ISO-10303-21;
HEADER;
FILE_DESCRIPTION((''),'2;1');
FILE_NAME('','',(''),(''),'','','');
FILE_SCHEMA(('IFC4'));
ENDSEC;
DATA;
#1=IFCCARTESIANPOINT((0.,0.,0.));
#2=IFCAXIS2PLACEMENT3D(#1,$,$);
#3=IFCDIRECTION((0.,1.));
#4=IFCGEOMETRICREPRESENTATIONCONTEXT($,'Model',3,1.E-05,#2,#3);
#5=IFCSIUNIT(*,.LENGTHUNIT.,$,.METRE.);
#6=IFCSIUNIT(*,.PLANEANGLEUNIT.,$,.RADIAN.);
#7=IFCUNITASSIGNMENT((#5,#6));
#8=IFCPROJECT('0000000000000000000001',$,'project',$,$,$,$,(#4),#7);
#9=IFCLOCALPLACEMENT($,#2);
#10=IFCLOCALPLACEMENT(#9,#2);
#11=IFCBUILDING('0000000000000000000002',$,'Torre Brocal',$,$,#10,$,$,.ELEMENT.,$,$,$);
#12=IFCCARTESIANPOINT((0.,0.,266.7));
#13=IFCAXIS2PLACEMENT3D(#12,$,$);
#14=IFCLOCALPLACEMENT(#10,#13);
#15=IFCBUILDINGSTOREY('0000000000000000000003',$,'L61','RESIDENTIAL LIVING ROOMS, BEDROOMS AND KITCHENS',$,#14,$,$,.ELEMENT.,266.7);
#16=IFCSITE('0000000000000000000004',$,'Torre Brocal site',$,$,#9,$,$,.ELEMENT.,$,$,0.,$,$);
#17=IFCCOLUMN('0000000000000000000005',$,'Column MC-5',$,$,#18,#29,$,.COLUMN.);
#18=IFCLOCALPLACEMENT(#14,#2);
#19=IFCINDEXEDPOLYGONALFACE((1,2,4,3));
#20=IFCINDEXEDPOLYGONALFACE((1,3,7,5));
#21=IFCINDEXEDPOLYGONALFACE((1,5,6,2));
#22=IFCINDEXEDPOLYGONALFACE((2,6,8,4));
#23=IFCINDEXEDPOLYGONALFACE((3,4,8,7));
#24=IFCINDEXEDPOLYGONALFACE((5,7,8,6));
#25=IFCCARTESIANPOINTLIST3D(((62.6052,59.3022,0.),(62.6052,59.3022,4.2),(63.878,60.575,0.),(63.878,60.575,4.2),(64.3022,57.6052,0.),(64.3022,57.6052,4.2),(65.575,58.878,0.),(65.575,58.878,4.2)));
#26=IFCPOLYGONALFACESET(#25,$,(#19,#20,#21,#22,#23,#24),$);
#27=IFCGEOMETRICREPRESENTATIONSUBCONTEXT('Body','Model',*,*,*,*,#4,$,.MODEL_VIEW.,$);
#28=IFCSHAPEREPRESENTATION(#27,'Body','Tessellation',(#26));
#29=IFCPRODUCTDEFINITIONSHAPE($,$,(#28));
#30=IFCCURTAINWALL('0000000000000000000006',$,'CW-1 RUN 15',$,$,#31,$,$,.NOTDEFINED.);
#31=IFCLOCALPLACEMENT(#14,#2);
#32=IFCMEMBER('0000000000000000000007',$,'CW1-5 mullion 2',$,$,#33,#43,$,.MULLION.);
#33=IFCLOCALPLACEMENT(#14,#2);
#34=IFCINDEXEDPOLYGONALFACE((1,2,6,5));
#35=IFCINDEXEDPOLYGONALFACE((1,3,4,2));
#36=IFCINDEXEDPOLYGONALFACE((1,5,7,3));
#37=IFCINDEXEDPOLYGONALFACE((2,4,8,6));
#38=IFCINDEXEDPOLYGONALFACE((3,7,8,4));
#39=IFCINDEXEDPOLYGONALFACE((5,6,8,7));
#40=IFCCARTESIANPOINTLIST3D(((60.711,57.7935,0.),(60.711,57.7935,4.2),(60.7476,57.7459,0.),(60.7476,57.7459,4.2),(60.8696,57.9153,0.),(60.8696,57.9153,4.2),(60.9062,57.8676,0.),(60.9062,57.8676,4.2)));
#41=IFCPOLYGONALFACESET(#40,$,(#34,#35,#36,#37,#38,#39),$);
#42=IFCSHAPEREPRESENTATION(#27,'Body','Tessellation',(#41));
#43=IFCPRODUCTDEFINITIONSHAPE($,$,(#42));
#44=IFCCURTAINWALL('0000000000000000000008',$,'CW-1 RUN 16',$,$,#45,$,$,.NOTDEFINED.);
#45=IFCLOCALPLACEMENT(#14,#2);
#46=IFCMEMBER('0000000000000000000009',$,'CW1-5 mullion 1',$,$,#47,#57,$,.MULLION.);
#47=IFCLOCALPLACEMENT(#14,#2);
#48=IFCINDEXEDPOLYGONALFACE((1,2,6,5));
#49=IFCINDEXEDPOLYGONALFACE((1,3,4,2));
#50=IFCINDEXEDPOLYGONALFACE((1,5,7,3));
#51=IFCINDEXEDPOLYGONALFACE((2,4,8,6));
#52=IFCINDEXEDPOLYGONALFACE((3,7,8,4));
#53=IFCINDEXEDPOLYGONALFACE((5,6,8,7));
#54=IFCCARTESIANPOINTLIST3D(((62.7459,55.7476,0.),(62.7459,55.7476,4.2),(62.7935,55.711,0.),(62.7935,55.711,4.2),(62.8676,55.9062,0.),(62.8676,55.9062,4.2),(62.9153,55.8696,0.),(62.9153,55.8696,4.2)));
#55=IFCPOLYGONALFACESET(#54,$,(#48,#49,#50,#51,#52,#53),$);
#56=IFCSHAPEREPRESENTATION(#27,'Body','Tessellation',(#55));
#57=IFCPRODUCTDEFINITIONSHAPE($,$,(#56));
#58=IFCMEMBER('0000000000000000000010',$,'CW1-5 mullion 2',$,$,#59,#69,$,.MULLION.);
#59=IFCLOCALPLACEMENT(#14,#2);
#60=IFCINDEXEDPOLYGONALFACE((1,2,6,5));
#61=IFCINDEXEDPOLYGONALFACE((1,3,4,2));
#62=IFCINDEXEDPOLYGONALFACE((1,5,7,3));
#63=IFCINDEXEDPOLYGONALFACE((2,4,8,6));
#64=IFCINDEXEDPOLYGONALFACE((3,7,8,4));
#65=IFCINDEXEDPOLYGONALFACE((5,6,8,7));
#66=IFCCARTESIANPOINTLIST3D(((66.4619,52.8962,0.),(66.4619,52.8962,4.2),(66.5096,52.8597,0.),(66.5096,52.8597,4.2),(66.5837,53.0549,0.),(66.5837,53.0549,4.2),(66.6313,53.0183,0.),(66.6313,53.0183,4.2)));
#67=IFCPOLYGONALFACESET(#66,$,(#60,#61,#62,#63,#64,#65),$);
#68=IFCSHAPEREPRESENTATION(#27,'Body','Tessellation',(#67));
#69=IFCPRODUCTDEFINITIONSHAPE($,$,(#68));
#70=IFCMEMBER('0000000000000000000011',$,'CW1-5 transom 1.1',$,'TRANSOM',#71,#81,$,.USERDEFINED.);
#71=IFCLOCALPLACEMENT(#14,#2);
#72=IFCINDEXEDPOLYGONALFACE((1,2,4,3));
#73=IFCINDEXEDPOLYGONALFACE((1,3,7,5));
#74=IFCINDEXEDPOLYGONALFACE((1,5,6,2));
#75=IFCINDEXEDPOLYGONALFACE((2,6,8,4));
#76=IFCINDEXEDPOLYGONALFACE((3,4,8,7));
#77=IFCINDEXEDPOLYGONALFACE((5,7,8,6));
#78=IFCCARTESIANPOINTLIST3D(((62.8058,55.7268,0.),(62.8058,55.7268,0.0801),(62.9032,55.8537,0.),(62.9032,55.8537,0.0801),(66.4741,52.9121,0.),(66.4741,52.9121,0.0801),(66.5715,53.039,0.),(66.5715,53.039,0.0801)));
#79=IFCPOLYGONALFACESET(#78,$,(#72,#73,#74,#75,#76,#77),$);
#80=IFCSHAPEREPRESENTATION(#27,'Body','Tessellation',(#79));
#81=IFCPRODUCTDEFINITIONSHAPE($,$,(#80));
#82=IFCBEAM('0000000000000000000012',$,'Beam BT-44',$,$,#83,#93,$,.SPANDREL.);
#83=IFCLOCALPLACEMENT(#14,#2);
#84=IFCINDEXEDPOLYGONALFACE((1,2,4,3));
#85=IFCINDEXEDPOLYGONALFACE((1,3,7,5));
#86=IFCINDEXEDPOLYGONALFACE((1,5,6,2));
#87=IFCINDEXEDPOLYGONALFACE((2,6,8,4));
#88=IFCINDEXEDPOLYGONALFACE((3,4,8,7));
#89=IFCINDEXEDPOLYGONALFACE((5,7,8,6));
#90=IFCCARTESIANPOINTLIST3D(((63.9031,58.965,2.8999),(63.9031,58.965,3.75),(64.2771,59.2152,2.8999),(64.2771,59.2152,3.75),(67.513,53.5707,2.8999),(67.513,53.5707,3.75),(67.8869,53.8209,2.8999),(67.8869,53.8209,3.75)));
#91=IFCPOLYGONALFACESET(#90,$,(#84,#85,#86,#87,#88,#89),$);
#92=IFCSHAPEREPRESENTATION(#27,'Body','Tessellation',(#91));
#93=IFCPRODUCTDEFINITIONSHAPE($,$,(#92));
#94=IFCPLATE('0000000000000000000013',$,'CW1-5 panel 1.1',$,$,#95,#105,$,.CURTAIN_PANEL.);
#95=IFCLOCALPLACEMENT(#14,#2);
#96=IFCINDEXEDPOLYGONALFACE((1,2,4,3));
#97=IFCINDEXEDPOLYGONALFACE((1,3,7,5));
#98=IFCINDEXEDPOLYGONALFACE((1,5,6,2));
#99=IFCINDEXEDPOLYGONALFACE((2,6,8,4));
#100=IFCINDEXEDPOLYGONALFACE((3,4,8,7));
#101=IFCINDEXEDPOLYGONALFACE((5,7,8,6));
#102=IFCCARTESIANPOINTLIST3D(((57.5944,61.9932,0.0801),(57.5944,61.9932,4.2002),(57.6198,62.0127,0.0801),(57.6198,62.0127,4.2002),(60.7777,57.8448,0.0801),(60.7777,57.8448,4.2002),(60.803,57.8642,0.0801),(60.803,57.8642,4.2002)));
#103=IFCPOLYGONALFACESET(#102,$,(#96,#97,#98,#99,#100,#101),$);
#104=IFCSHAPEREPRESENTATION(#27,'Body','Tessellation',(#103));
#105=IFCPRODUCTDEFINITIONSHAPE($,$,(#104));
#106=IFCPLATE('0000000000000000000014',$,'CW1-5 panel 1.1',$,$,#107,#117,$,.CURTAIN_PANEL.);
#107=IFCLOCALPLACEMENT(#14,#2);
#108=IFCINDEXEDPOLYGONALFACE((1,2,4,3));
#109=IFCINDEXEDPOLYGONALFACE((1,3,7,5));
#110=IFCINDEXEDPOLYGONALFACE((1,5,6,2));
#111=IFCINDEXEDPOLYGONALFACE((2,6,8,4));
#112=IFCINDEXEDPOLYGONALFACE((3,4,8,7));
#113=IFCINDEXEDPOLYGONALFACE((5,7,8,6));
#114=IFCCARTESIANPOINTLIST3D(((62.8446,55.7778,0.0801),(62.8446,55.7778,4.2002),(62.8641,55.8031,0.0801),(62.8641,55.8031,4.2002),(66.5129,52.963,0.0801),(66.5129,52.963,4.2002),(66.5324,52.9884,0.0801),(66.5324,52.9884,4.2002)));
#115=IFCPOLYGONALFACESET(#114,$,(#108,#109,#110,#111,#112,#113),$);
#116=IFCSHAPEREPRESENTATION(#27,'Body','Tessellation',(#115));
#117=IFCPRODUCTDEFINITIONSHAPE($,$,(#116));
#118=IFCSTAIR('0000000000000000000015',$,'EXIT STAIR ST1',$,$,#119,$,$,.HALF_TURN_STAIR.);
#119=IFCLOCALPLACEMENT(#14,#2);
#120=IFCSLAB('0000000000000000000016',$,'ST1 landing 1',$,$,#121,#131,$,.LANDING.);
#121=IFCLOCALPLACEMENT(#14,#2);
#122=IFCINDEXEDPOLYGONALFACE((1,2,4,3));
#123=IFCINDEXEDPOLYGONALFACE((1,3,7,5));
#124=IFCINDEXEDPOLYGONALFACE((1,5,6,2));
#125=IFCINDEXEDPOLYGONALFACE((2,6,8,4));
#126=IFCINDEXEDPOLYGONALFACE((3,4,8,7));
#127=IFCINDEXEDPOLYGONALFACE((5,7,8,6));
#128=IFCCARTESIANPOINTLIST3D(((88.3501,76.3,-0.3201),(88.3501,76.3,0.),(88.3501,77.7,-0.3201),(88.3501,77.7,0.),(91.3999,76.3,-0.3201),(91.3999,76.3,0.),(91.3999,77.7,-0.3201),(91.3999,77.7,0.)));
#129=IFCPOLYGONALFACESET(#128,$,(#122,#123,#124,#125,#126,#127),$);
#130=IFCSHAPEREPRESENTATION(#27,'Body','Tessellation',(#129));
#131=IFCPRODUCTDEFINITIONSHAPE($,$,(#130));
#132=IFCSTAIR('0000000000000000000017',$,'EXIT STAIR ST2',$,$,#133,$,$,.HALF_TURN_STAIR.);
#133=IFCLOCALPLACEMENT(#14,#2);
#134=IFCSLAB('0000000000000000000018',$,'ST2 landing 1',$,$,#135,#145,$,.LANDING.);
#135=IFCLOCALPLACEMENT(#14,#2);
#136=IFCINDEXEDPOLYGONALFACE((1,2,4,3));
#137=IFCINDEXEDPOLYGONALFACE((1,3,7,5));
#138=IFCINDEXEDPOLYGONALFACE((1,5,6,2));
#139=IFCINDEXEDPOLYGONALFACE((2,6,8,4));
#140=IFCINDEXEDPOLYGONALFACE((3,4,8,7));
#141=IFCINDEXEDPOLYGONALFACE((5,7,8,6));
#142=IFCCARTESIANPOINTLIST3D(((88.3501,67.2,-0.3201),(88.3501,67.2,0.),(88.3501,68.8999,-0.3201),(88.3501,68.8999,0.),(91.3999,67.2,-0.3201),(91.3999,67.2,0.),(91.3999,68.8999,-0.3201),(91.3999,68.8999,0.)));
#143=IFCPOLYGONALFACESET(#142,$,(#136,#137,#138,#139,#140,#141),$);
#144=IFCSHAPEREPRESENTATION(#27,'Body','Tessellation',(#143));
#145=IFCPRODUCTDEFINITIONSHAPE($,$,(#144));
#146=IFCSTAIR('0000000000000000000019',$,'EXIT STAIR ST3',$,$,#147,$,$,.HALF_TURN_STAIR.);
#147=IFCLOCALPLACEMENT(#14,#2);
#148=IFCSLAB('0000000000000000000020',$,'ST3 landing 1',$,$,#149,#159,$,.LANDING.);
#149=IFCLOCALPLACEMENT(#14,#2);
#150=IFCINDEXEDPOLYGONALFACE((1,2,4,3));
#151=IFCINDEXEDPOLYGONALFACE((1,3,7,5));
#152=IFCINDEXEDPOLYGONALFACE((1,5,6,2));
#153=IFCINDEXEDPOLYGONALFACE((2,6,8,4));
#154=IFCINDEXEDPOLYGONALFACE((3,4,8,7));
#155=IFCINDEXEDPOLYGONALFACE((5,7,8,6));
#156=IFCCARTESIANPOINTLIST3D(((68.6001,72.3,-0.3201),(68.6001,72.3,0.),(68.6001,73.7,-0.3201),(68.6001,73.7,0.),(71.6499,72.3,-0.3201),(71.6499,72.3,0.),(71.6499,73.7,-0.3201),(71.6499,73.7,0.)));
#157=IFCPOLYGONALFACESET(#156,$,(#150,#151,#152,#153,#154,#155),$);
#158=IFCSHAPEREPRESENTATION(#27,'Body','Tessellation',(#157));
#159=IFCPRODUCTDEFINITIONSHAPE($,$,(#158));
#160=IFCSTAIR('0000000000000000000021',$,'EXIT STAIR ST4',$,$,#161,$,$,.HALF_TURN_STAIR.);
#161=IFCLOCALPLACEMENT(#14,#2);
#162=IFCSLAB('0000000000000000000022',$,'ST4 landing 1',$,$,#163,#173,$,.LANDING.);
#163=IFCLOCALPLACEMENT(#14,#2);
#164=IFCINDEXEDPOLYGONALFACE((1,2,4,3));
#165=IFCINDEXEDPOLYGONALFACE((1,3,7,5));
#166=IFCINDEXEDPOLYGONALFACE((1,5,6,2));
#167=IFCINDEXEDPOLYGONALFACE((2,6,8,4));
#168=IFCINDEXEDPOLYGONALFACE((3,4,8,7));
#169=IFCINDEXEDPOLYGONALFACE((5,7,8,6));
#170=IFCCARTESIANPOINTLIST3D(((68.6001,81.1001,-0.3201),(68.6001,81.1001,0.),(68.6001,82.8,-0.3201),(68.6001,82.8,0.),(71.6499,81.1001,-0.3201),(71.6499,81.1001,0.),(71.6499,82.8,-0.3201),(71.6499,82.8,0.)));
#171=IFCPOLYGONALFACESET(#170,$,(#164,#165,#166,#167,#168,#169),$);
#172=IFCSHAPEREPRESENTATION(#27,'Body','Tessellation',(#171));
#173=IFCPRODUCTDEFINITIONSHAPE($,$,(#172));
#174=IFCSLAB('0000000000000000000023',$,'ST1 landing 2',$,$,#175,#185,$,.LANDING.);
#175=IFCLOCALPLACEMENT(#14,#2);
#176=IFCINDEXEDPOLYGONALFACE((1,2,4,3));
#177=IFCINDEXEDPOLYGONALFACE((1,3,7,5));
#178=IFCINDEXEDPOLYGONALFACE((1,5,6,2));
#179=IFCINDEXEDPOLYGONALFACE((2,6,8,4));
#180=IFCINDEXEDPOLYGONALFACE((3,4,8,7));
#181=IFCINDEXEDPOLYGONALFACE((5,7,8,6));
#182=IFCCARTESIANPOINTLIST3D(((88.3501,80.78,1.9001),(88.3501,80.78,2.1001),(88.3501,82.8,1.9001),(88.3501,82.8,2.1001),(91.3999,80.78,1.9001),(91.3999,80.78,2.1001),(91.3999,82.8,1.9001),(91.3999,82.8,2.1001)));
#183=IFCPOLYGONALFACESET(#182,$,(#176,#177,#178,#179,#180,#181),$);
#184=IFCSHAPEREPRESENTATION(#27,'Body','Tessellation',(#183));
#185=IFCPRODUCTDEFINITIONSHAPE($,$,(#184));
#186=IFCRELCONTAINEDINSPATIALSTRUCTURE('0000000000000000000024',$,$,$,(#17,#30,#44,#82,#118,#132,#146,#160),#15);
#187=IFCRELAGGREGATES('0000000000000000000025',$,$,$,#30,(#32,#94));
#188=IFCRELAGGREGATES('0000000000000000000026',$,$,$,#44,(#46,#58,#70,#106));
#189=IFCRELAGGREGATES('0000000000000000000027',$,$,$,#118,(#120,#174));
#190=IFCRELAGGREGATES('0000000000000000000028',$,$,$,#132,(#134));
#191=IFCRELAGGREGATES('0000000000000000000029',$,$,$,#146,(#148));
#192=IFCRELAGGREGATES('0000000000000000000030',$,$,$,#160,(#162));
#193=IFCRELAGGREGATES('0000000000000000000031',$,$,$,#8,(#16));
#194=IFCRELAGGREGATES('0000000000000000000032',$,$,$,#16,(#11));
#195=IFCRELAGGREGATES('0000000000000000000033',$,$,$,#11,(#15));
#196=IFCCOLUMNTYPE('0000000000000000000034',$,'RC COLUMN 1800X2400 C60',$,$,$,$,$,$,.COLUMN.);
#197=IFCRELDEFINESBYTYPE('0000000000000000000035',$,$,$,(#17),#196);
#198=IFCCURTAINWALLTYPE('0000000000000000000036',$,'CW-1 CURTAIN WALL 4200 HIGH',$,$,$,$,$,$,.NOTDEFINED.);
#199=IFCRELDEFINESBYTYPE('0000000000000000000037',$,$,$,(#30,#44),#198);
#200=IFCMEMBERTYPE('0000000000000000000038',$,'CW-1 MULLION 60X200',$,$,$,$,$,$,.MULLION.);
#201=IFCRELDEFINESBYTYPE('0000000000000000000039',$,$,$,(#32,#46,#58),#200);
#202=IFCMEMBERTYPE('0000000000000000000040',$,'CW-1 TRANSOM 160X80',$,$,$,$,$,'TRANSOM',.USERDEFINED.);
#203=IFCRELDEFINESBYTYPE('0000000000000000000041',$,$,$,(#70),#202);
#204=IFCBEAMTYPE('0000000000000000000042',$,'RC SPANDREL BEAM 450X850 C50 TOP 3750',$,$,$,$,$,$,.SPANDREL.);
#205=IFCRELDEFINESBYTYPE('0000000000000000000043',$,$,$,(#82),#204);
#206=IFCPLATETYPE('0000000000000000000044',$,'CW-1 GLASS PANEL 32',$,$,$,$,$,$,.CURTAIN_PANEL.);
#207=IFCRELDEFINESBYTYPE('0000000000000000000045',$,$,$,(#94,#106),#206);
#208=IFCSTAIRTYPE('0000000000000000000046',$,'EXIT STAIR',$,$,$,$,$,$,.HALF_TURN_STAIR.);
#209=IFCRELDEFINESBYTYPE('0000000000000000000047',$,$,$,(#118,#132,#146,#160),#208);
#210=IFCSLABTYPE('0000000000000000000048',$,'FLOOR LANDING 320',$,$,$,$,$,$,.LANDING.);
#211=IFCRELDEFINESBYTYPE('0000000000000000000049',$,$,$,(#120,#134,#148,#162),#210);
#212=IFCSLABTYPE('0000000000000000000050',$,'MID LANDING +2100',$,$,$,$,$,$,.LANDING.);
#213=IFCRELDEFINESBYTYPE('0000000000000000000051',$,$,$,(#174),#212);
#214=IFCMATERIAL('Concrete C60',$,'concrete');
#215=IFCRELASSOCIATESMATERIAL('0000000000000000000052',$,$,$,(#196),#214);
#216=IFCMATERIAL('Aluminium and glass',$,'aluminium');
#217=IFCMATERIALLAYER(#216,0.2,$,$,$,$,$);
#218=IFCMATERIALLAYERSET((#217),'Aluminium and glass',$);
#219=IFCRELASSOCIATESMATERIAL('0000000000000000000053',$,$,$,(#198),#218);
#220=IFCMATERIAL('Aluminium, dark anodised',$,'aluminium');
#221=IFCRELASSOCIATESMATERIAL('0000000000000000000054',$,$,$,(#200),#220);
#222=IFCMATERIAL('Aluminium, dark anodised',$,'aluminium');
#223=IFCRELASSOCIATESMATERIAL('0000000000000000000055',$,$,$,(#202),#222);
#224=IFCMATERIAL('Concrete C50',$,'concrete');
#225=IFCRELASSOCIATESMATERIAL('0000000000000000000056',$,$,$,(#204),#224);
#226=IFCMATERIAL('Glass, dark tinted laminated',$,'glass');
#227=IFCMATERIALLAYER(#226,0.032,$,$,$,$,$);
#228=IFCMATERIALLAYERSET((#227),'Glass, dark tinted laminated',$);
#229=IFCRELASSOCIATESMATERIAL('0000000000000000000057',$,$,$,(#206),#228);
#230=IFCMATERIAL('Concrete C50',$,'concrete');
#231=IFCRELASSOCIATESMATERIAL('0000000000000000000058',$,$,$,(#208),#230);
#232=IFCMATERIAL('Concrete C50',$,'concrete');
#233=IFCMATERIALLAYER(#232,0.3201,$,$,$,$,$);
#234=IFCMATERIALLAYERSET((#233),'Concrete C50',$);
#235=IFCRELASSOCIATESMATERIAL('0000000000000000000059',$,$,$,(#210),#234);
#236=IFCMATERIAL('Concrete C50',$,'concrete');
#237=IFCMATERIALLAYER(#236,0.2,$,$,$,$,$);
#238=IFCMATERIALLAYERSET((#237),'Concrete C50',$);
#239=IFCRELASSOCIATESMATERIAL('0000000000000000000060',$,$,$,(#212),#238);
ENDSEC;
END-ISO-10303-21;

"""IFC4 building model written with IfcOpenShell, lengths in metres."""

from ifc_helpers import new_model, si_unit, direction, frame, origin, origin_2d, place, context, subcontext, project, spatial, polyline, rectangle, outline, extrude, material, layer, layer_set, material_profile, profile_set, type_object, element, aggregate, save


model = new_model("IFC4")

# Units and contexts
model_context = context("Model", 3, precision=1e-05, world=origin(), true_north=direction((0.0, 1.0)))
body_context = subcontext(model_context, "Body", "Model", "MODEL_VIEW")
ifc_project = project(units=[si_unit("LENGTHUNIT", "METRE"), si_unit("PLANEANGLEUNIT", "RADIAN")], contexts=[model_context])

# Site, building, storey
site_placement = place(None, origin())
site = spatial("IfcSite", under=ifc_project, at=site_placement, Name="Torre Brocal site", CompositionType="ELEMENT", RefElevation=0.0)
building_placement = place(site_placement, origin())
building = spatial("IfcBuilding", under=site, at=building_placement, Name="Torre Brocal", CompositionType="ELEMENT")
storey_placement = place(building_placement, frame((0.0, 0.0, 266.7)))
storey = spatial("IfcBuildingStorey", under=building, at=storey_placement, Name="L61", Description="RESIDENTIAL LIVING ROOMS, BEDROOMS AND KITCHENS", CompositionType="ELEMENT", Elevation=266.7)

# Column
ifc_material_1 = material(Name="Concrete C60", Category="concrete")
ifc_material_profile_1 = material_profile(ifc_material_1, rectangle(XDim=1.8, YDim=2.3999, at=origin_2d()), Name="RC 1800X2400")
ifc_profile_set_1 = profile_set([ifc_material_profile_1], Name="Concrete C60")
column_type = type_object("IfcColumnType", Name="RC COLUMN 1800X2400 C60", PredefinedType="COLUMN", material=ifc_profile_set_1)
column_placement = place(storey_placement, frame((64.0901, 59.0901, 0.0), z_axis=(0.0, 0.0, 1.0), x_axis=(-0.707107, -0.707107, 0.0)))
element("IfcColumn", 1, at=column_placement, inside=storey, type_object=column_type, Name="Column MC-5", PredefinedType="COLUMN", context=body_context, shape_type="SweptSolid", body=[
    extrude(rectangle(XDim=1.8, YDim=2.3999, at=origin_2d()), origin(), (0.0, 0.0, 1.0), 4.2),
])

# Curtain wall, member
ifc_material_2 = material(Name="Aluminium and glass", Category="aluminium")
ifc_layer_1 = layer(ifc_material_2, 0.2)
ifc_layer_set_1 = layer_set([ifc_layer_1], Name="Aluminium and glass")
curtain_wall_type = type_object("IfcCurtainWallType", Name="CW-1 CURTAIN WALL 4200 HIGH", PredefinedType="NOTDEFINED", material=ifc_layer_set_1)
curtain_wall_1_placement = place(storey_placement, origin())
curtain_wall_1 = element("IfcCurtainWall", 2, at=curtain_wall_1_placement, inside=storey, type_object=curtain_wall_type, Name="CW-1 RUN 15", PredefinedType="NOTDEFINED")
ifc_material_3 = material(Name="Aluminium, dark anodised", Category="aluminium")
ifc_material_profile_2 = material_profile(ifc_material_3, rectangle(XDim=0.2, YDim=0.0601, at=origin_2d()), Name="CW-1 MULLION 60X200")
ifc_profile_set_2 = profile_set([ifc_material_profile_2], Name="Aluminium, dark anodised")
member_type_1 = type_object("IfcMemberType", Name="CW-1 MULLION 60X200", PredefinedType="MULLION", material=ifc_profile_set_2)
member_1_placement = place(storey_placement, frame((60.8086, 57.8306, 0.0), z_axis=(0.0, 0.0, 1.0), x_axis=(0.793353, 0.608761, 0.0)))
member_1 = element("IfcMember", 3, at=member_1_placement, type_object=member_type_1, Name="CW1-5 mullion 2", PredefinedType="MULLION", context=body_context, shape_type="SweptSolid", body=[
    extrude(rectangle(XDim=0.2, YDim=0.0601, at=origin_2d()), origin(), (0.0, 0.0, 1.0), 4.2),
])

# Curtain wall, members
curtain_wall_2_placement = place(storey_placement, origin())
curtain_wall_2 = element("IfcCurtainWall", 4, at=curtain_wall_2_placement, inside=storey, type_object=curtain_wall_type, Name="CW-1 RUN 16", PredefinedType="NOTDEFINED")
member_2_placement = place(storey_placement, frame((62.8306, 55.8086, 0.0), z_axis=(0.0, 0.0, 1.0), x_axis=(0.608761, 0.793353, 0.0)))
member_2 = element("IfcMember", 5, at=member_2_placement, type_object=member_type_1, Name="CW1-5 mullion 1", PredefinedType="MULLION", context=body_context, shape_type="SweptSolid", body=[
    extrude(rectangle(XDim=0.2, YDim=0.0601, at=origin_2d()), origin(), (0.0, 0.0, 1.0), 4.2),
])
member_3_placement = place(storey_placement, frame((66.5466, 52.9573, 0.0), z_axis=(0.0, 0.0, 1.0), x_axis=(0.608761, 0.793353, 0.0)))
member_3 = element("IfcMember", 6, at=member_3_placement, type_object=member_type_1, Name="CW1-5 mullion 2", PredefinedType="MULLION", context=body_context, shape_type="SweptSolid", body=[
    extrude(rectangle(XDim=0.2, YDim=0.0601, at=origin_2d()), origin(), (0.0, 0.0, 1.0), 4.2),
])
ifc_material_4 = material(Name="Aluminium, dark anodised", Category="aluminium")
ifc_material_profile_3 = material_profile(ifc_material_4, rectangle(XDim=0.1599, YDim=0.0801, at=origin_2d()), Name="CW-1 TRANSOM 160X80")
ifc_profile_set_3 = profile_set([ifc_material_profile_3], Name="Aluminium, dark anodised")
member_type_2 = type_object("IfcMemberType", Name="CW-1 TRANSOM 160X80", ElementType="TRANSOM", PredefinedType="USERDEFINED", material=ifc_profile_set_3)
member_4_placement = place(storey_placement, frame((62.8545, 55.7903, 0.04), z_axis=(0.793356, -0.608759, 0.0), x_axis=(0.608759, 0.793356, 0.0)))
member_4 = element("IfcMember", 7, at=member_4_placement, type_object=member_type_2, Name="CW1-5 transom 1.1", ObjectType="TRANSOM", PredefinedType="USERDEFINED", context=body_context, shape_type="SweptSolid", body=[
    extrude(rectangle(XDim=0.1599, YDim=0.0801, at=origin_2d()), origin(), (0.0, 0.0, 1.0), 4.6238),
])

# Beam
ifc_material_5 = material(Name="Concrete C50", Category="concrete")
ifc_material_profile_4 = material_profile(ifc_material_5, rectangle(XDim=0.45, YDim=0.8501, at=origin_2d()), Name="RC 450X850")
ifc_profile_set_4 = profile_set([ifc_material_profile_4], Name="Concrete C50")
beam_type = type_object("IfcBeamType", Name="RC SPANDREL BEAM 450X850 C50 TOP 3750", PredefinedType="SPANDREL", material=ifc_profile_set_4)
beam_placement = place(storey_placement, frame((64.0901, 59.0901, 3.325), z_axis=(0.556158, -0.831077, 0.0), x_axis=(0.831077, 0.556158, 0.0)))
element("IfcBeam", 8, at=beam_placement, inside=storey, type_object=beam_type, Name="Beam BT-44", PredefinedType="SPANDREL", context=body_context, shape_type="SweptSolid", body=[
    extrude(rectangle(XDim=0.45, YDim=0.8501, at=origin_2d()), origin(), (0.0, 0.0, 1.0), 6.4907),
])

# Plates
ifc_material_6 = material(Name="Glass, dark tinted laminated", Category="glass")
ifc_layer_2 = layer(ifc_material_6, 0.032)
ifc_layer_set_2 = layer_set([ifc_layer_2], Name="Glass, dark tinted laminated")
plate_type = type_object("IfcPlateType", Name="CW-1 GLASS PANEL 32", PredefinedType="CURTAIN_PANEL", material=ifc_layer_set_2)
plate_1_placement = place(storey_placement, frame((59.1987, 59.9287, 0.0801), z_axis=(0.0, 0.0, 1.0), x_axis=(0.608761, -0.793353, 0.0)))
plate_1 = element("IfcPlate", 9, at=plate_1_placement, type_object=plate_type, Name="CW1-5 panel 1.1", PredefinedType="CURTAIN_PANEL", context=body_context, shape_type="SweptSolid", body=[
    extrude(rectangle(XDim=5.229, YDim=0.032, at=origin_2d()), origin(), (0.0, 0.0, 1.0), 4.1201),
])
aggregate(curtain_wall_1, [member_1, plate_1])
plate_2_placement = place(storey_placement, frame((64.6885, 54.3831, 0.0801), z_axis=(0.0, 0.0, 1.0), x_axis=(0.793353, -0.608761, 0.0)))
plate_2 = element("IfcPlate", 10, at=plate_2_placement, type_object=plate_type, Name="CW1-5 panel 1.1", PredefinedType="CURTAIN_PANEL", context=body_context, shape_type="SweptSolid", body=[
    extrude(rectangle(XDim=4.6238, YDim=0.032, at=origin_2d()), origin(), (0.0, 0.0, 1.0), 4.1201),
])
aggregate(curtain_wall_2, [member_2, member_3, member_4, plate_2])

# Stairs, slabs
ifc_material_7 = material(Name="Concrete C50", Category="concrete")
stair_type = type_object("IfcStairType", Name="EXIT STAIR", PredefinedType="HALF_TURN_STAIR", material=ifc_material_7)
stair_1_placement = place(storey_placement, origin())
stair_1 = element("IfcStair", 11, at=stair_1_placement, inside=storey, type_object=stair_type, Name="EXIT STAIR ST1", PredefinedType="HALF_TURN_STAIR")
ifc_material_8 = material(Name="Concrete C50", Category="concrete")
ifc_layer_3 = layer(ifc_material_8, 0.3201)
ifc_layer_set_3 = layer_set([ifc_layer_3], Name="Concrete C50")
slab_type_1 = type_object("IfcSlabType", Name="FLOOR LANDING 320", PredefinedType="LANDING", material=ifc_layer_set_3)
slab_1_placement = place(storey_placement, frame((0.0, 0.0, -0.3201)))
slab_1 = element("IfcSlab", 12, at=slab_1_placement, type_object=slab_type_1, Name="ST1 landing 1", PredefinedType="LANDING", context=body_context, shape_type="SweptSolid", body=[
    extrude(outline(polyline([(88.3501, 76.3), (91.3999, 76.3), (91.3999, 77.7), (88.3501, 77.7), (88.3501, 76.3)])), origin(), (0.0, 0.0, 1.0), 0.3201),
])
stair_2_placement = place(storey_placement, origin())
stair_2 = element("IfcStair", 13, at=stair_2_placement, inside=storey, type_object=stair_type, Name="EXIT STAIR ST2", PredefinedType="HALF_TURN_STAIR")
slab_2_placement = place(storey_placement, frame((0.0, 0.0, -0.3201)))
slab_2 = element("IfcSlab", 14, at=slab_2_placement, type_object=slab_type_1, Name="ST2 landing 1", PredefinedType="LANDING", context=body_context, shape_type="SweptSolid", body=[
    extrude(outline(polyline([(88.3501, 67.2), (91.3999, 67.2), (91.3999, 68.8999), (88.3501, 68.8999), (88.3501, 67.2)])), origin(), (0.0, 0.0, 1.0), 0.3201),
])
stair_3_placement = place(storey_placement, origin())
stair_3 = element("IfcStair", 15, at=stair_3_placement, inside=storey, type_object=stair_type, Name="EXIT STAIR ST3", PredefinedType="HALF_TURN_STAIR")
slab_3_placement = place(storey_placement, frame((0.0, 0.0, -0.3201)))
slab_3 = element("IfcSlab", 16, at=slab_3_placement, type_object=slab_type_1, Name="ST3 landing 1", PredefinedType="LANDING", context=body_context, shape_type="SweptSolid", body=[
    extrude(outline(polyline([(71.6499, 73.7), (68.6001, 73.7), (68.6001, 72.3), (71.6499, 72.3), (71.6499, 73.7)])), origin(), (0.0, 0.0, 1.0), 0.3201),
])
stair_4_placement = place(storey_placement, origin())
stair_4 = element("IfcStair", 17, at=stair_4_placement, inside=storey, type_object=stair_type, Name="EXIT STAIR ST4", PredefinedType="HALF_TURN_STAIR")
slab_4_placement = place(storey_placement, frame((0.0, 0.0, -0.3201)))
slab_4 = element("IfcSlab", 18, at=slab_4_placement, type_object=slab_type_1, Name="ST4 landing 1", PredefinedType="LANDING", context=body_context, shape_type="SweptSolid", body=[
    extrude(outline(polyline([(71.6499, 82.8), (68.6001, 82.8), (68.6001, 81.1001), (71.6499, 81.1001), (71.6499, 82.8)])), origin(), (0.0, 0.0, 1.0), 0.3201),
])

# Slab
ifc_material_9 = material(Name="Concrete C50", Category="concrete")
ifc_layer_4 = layer(ifc_material_9, 0.2)
ifc_layer_set_4 = layer_set([ifc_layer_4], Name="Concrete C50")
slab_type_2 = type_object("IfcSlabType", Name="MID LANDING +2100", PredefinedType="LANDING", material=ifc_layer_set_4)
slab_5_placement = place(storey_placement, frame((0.0, 0.0, 1.9001)))
slab_5 = element("IfcSlab", 19, at=slab_5_placement, type_object=slab_type_2, Name="ST1 landing 2", PredefinedType="LANDING", context=body_context, shape_type="SweptSolid", body=[
    extrude(outline(polyline([(88.3501, 80.78), (91.3999, 80.78), (91.3999, 82.8), (88.3501, 82.8), (88.3501, 80.78)])), origin(), (0.0, 0.0, 1.0), 0.2),
])
aggregate(stair_1, [slab_1, slab_5])
aggregate(stair_2, [slab_2])
aggregate(stair_3, [slab_3])
aggregate(stair_4, [slab_4])

save(model, "model.ifc")
